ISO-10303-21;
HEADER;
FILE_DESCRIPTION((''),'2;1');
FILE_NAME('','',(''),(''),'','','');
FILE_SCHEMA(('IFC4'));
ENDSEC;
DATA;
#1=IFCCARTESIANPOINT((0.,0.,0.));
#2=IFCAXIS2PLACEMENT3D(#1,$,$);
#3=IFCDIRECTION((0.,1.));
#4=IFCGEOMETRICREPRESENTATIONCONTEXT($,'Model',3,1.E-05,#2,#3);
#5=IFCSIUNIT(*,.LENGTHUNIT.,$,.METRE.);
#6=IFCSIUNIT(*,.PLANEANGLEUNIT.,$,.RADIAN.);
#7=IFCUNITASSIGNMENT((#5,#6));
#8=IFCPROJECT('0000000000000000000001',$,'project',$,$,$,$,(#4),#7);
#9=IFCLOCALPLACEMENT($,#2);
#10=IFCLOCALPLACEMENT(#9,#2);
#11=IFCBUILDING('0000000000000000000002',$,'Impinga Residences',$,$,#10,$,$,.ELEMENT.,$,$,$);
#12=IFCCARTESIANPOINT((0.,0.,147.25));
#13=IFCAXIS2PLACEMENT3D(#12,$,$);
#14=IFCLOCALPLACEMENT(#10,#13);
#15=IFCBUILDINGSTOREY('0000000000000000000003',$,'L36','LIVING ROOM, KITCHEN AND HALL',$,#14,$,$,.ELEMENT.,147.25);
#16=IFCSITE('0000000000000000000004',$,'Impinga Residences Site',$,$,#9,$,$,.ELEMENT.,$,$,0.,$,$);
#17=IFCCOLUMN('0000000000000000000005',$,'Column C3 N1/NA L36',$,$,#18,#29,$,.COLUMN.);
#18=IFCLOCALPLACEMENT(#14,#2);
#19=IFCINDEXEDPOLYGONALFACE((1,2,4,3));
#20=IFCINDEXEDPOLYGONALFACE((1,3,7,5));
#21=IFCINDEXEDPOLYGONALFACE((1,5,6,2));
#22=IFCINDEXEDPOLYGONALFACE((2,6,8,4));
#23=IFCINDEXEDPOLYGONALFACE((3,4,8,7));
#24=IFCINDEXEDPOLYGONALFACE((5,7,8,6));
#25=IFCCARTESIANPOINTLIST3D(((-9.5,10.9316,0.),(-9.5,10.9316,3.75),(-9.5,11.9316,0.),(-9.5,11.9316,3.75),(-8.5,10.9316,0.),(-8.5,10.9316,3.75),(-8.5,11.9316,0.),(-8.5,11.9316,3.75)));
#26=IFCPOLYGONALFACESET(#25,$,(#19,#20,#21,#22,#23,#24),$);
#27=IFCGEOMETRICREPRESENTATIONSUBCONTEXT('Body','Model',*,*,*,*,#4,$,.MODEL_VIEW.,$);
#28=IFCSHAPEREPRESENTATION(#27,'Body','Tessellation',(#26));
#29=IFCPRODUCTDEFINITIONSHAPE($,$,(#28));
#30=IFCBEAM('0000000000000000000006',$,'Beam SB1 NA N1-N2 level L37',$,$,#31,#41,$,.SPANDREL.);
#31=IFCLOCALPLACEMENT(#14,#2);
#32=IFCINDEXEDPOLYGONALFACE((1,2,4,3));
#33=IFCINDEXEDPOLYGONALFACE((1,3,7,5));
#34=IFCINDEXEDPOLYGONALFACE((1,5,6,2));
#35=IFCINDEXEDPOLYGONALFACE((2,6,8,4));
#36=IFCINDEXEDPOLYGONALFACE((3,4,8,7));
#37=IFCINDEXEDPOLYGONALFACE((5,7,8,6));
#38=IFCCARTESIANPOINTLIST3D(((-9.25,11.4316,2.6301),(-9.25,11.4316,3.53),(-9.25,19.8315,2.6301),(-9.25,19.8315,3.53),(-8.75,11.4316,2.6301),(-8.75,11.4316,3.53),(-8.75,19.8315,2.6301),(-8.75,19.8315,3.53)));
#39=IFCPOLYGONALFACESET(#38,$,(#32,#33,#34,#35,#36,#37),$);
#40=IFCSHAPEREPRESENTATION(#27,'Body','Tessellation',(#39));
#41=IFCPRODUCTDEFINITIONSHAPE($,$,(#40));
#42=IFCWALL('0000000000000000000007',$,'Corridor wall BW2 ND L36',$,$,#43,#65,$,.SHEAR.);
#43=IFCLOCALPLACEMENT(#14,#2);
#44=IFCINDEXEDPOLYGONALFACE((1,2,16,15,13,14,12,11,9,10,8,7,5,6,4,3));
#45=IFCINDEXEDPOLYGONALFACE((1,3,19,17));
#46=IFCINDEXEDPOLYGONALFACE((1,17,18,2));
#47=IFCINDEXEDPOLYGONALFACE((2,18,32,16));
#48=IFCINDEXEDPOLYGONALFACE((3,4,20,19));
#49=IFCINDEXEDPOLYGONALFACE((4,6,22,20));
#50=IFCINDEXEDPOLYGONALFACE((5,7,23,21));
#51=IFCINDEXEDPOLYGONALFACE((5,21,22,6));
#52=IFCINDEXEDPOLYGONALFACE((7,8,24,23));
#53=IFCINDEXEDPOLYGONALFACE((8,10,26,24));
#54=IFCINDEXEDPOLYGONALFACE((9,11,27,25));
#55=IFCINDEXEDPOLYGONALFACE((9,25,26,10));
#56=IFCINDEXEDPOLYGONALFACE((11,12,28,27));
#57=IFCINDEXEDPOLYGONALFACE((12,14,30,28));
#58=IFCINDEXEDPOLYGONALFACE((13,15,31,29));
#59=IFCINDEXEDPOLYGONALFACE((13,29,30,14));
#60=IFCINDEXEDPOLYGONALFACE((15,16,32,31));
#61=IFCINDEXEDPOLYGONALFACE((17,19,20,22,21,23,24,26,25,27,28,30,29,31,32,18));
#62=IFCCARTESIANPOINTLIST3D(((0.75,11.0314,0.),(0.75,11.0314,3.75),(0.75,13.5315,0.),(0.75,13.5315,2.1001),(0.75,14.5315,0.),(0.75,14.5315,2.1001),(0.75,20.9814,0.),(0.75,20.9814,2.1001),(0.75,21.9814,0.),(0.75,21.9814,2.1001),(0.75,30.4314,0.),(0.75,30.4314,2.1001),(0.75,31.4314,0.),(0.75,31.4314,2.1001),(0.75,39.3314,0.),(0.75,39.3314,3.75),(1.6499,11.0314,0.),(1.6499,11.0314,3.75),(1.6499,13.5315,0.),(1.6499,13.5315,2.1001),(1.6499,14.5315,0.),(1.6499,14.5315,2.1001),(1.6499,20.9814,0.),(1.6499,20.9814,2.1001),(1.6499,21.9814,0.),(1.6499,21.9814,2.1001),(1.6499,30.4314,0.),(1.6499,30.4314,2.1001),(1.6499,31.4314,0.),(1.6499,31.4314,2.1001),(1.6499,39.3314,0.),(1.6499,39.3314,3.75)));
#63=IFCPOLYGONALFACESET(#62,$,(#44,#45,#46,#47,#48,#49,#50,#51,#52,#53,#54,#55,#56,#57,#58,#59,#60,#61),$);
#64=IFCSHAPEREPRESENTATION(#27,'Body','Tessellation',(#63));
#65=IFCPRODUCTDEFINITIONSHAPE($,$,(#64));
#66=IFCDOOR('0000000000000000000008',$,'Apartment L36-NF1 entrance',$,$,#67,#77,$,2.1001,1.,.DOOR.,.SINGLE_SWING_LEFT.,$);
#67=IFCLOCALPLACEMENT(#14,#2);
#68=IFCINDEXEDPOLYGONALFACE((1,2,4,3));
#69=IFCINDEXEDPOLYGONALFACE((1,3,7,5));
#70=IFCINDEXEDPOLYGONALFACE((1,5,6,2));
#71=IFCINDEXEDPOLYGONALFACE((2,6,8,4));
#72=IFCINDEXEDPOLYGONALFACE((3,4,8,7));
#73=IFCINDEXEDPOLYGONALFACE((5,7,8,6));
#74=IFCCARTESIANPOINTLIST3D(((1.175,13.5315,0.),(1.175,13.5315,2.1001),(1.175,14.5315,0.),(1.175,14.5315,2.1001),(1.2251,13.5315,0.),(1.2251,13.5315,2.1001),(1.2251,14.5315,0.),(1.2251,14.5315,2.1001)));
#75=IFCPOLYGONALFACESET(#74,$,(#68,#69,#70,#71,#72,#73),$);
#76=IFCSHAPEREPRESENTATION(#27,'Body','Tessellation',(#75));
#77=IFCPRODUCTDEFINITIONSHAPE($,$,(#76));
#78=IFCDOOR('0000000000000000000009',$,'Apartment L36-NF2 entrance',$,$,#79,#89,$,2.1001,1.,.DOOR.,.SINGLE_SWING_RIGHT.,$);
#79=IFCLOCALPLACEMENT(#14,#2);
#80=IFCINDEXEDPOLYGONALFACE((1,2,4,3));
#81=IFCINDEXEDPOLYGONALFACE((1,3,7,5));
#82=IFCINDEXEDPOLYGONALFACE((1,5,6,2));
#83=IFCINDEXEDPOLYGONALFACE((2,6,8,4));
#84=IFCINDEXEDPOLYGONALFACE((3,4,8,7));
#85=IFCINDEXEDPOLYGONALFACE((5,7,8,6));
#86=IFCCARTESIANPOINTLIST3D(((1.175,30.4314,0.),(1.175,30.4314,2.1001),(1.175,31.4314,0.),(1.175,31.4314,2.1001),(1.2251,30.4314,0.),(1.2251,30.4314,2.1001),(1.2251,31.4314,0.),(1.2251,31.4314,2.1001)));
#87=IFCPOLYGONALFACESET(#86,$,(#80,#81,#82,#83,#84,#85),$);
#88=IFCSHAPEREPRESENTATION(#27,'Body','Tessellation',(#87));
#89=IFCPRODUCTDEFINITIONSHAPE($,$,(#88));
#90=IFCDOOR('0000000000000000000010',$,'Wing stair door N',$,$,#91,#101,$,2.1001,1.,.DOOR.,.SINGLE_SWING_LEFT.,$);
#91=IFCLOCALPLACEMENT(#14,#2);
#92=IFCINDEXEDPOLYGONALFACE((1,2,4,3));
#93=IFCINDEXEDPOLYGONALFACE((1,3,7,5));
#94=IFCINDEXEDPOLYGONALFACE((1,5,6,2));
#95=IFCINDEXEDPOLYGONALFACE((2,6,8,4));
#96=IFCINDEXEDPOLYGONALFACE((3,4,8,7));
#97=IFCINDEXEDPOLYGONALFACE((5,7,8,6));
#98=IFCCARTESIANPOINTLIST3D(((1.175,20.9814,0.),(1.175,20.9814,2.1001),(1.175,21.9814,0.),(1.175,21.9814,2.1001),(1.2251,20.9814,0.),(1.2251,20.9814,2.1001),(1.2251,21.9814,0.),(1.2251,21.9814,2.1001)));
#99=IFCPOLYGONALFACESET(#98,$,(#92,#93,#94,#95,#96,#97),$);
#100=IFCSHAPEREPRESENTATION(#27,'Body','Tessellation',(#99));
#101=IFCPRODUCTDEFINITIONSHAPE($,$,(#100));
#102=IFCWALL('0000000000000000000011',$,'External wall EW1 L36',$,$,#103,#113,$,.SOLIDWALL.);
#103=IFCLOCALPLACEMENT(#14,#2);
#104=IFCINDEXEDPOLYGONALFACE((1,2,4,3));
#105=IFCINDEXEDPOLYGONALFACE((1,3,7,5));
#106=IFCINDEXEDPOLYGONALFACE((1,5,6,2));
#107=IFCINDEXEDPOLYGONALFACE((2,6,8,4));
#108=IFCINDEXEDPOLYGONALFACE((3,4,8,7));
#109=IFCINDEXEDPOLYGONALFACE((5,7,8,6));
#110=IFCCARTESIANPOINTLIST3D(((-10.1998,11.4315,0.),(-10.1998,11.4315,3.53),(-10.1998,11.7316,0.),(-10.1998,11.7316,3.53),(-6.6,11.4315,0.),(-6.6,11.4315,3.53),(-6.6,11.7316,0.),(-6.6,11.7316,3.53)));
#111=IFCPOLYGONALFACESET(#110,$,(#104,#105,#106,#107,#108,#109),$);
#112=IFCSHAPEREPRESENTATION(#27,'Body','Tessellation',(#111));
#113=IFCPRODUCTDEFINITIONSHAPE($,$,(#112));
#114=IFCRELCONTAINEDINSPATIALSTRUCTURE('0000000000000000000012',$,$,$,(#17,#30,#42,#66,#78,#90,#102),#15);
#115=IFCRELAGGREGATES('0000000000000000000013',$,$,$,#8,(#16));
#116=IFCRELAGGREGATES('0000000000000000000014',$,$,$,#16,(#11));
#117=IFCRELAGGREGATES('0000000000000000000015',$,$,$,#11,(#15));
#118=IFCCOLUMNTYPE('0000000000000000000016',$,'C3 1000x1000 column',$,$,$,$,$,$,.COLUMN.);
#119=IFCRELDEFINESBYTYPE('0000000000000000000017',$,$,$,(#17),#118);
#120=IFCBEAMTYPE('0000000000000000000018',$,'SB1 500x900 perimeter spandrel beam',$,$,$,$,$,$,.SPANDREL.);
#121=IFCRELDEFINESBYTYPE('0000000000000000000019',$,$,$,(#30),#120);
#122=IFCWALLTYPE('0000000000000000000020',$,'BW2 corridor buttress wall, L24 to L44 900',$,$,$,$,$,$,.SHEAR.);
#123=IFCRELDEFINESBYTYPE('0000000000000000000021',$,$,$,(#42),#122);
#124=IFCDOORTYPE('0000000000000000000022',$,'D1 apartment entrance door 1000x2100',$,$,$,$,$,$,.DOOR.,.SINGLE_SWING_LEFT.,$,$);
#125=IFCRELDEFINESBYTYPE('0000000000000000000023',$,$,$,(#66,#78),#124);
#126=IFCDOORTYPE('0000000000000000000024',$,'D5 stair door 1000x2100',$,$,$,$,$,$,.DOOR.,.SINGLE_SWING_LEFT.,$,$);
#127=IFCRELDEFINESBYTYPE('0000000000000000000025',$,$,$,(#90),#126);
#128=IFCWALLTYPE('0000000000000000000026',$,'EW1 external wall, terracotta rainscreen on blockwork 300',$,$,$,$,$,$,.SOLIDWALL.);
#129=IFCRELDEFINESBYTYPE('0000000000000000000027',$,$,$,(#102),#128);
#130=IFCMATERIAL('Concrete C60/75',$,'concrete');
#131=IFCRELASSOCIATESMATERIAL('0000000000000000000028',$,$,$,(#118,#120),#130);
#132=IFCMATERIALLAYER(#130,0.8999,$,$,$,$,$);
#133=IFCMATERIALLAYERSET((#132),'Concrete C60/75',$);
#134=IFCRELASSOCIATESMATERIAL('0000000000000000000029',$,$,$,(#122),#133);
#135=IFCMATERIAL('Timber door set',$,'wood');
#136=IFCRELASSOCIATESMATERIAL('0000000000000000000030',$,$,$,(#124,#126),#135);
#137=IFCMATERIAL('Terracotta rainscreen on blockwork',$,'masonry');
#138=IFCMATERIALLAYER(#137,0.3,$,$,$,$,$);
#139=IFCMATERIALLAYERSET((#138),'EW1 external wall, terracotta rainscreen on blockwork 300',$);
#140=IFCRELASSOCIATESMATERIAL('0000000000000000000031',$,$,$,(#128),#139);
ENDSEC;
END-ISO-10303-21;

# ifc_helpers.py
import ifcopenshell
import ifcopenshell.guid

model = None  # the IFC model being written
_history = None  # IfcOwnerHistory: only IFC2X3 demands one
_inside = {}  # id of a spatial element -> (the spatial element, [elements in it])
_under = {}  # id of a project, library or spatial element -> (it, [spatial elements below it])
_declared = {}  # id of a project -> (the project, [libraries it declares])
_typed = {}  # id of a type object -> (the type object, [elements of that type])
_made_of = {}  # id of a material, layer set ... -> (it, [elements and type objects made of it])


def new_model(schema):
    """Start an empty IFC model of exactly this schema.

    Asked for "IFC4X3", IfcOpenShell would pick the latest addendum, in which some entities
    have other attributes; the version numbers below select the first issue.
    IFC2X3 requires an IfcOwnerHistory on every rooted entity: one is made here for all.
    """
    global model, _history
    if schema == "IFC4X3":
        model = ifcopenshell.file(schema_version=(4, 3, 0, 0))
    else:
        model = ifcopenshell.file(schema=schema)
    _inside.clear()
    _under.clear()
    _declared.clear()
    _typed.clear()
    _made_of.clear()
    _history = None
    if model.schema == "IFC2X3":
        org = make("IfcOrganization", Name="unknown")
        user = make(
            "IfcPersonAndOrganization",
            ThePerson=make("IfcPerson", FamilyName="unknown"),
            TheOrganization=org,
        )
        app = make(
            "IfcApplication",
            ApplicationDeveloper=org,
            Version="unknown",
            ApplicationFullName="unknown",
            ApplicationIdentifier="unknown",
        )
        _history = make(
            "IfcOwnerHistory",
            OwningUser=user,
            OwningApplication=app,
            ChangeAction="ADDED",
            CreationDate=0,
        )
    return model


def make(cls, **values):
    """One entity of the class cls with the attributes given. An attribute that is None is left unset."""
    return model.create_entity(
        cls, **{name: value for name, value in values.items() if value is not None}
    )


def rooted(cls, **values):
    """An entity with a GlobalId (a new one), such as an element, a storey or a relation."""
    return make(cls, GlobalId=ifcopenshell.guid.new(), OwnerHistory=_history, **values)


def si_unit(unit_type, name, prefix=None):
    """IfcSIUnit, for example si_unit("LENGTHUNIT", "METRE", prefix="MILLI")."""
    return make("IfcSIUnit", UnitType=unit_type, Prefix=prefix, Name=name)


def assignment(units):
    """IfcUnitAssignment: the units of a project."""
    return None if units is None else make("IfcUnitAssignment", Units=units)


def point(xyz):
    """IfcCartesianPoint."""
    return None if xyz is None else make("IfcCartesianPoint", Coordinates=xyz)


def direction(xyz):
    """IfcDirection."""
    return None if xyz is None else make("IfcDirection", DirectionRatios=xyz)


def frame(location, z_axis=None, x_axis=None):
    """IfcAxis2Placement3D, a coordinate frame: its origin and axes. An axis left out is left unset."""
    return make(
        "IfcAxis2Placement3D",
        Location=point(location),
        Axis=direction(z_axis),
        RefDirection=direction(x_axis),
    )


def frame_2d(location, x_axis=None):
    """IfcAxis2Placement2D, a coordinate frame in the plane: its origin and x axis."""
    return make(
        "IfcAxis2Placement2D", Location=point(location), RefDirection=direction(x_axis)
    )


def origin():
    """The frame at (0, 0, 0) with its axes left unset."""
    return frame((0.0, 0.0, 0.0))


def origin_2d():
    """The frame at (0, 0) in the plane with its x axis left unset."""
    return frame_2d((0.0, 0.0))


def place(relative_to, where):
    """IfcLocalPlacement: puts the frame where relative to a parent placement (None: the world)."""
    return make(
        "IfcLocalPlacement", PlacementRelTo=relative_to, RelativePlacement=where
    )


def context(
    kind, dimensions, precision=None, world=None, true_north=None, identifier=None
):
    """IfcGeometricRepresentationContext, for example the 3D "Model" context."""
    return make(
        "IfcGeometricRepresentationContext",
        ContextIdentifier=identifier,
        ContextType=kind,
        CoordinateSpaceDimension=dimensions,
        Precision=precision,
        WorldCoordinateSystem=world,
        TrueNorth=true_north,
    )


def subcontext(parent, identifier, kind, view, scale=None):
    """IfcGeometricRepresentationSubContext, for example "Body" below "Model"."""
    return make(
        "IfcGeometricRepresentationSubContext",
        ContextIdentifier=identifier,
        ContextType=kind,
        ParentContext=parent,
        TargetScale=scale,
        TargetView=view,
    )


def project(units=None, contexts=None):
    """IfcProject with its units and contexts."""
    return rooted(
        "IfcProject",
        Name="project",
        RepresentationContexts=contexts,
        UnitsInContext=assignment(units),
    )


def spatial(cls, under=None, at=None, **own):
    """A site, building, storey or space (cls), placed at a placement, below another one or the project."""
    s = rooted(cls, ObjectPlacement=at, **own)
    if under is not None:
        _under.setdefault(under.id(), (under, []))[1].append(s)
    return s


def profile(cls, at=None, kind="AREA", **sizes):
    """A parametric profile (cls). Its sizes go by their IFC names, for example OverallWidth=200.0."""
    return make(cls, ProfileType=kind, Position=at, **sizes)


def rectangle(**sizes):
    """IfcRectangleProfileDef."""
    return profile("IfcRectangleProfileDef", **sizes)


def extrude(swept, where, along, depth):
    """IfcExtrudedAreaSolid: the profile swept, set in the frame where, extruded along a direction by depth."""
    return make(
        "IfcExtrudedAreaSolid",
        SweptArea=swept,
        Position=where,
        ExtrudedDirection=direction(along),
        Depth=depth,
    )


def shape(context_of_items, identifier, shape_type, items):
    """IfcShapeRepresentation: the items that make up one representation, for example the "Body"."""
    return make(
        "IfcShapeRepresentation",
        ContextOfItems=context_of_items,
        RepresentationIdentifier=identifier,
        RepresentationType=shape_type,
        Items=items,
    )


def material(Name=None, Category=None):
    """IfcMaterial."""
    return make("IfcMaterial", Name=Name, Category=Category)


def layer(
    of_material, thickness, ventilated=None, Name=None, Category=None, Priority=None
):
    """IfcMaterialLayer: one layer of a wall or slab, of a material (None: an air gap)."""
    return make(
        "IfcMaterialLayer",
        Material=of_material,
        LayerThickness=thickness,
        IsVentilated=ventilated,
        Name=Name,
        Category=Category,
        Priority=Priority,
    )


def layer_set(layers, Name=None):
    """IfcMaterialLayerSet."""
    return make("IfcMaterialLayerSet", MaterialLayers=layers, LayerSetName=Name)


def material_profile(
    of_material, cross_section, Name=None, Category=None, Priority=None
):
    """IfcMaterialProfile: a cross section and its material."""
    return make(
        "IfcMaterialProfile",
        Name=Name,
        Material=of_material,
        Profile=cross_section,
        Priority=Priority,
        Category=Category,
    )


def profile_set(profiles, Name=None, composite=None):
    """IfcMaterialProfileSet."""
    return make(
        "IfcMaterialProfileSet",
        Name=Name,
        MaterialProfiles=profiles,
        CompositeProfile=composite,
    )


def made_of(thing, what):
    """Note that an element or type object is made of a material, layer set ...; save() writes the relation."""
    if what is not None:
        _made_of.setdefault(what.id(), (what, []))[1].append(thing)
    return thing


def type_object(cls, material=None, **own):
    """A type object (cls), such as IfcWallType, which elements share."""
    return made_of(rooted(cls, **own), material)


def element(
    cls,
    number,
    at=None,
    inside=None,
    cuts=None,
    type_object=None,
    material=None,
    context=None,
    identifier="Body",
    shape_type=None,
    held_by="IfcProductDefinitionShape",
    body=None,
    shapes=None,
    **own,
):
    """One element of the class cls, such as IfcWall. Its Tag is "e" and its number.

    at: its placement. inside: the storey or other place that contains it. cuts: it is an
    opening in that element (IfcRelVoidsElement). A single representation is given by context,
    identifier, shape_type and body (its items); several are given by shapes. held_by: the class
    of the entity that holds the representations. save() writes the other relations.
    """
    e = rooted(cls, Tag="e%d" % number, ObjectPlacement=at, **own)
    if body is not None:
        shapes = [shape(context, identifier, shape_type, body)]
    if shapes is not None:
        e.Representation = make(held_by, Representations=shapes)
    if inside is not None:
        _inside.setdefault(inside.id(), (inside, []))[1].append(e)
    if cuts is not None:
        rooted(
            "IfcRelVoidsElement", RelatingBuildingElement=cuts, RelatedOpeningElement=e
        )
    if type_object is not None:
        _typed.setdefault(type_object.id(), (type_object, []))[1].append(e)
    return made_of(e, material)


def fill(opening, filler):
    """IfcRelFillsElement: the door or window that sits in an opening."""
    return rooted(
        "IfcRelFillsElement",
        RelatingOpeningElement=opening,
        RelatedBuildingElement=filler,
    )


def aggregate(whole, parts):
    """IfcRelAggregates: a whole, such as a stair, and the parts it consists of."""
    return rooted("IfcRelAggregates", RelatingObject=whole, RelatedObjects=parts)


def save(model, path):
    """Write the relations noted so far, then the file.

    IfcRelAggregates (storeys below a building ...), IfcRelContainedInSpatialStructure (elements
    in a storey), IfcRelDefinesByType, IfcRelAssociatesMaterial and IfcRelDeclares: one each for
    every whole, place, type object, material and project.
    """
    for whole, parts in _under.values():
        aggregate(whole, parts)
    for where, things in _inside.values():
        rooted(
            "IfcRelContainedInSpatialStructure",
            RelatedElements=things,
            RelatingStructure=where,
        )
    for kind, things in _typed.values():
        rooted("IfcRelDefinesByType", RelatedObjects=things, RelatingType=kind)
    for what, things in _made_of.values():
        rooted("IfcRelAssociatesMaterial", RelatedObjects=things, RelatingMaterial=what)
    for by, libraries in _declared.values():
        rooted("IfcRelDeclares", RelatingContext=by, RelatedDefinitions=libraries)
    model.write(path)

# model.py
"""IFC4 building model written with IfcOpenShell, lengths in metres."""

from ifc_helpers import new_model, si_unit, direction, frame, frame_2d, origin, origin_2d, place, context, subcontext, project, spatial, rectangle, extrude, material, layer, layer_set, material_profile, profile_set, type_object, element, fill, save


model = new_model("IFC4")

# Units and contexts
model_context = context("Model", 3, precision=1e-05, world=origin(), true_north=direction((0.0, 1.0)))
body_context = subcontext(model_context, "Body", "Model", "MODEL_VIEW")
ifc_project = project(units=[si_unit("LENGTHUNIT", "METRE"), si_unit("PLANEANGLEUNIT", "RADIAN")], contexts=[model_context])

# Site, building, storey
site_placement = place(None, origin())
site = spatial("IfcSite", under=ifc_project, at=site_placement, Name="Impinga Residences Site", CompositionType="ELEMENT", RefElevation=0.0)
building_placement = place(site_placement, origin())
building = spatial("IfcBuilding", under=site, at=building_placement, Name="Impinga Residences", CompositionType="ELEMENT")
storey_placement = place(building_placement, frame((0.0, 0.0, 147.25)))
storey = spatial("IfcBuildingStorey", under=building, at=storey_placement, Name="L36", Description="LIVING ROOM, KITCHEN AND HALL", CompositionType="ELEMENT", Elevation=147.25)

# Column
ifc_material_1 = material(Name="Concrete C60/75", Category="concrete")
ifc_material_profile_1 = material_profile(ifc_material_1, rectangle(XDim=1.0, YDim=1.0, at=origin_2d()), Name="RC 1000x1000")
ifc_profile_set_1 = profile_set([ifc_material_profile_1], Name="Concrete C60/75")
column_type = type_object("IfcColumnType", Name="C3 1000x1000 column", PredefinedType="COLUMN", material=ifc_profile_set_1)
column_placement = place(storey_placement, frame((-9.0, 11.4316, 0.0), z_axis=(0.0, 0.0, 1.0), x_axis=(1.0, 0.0, 0.0)))
element("IfcColumn", 1, at=column_placement, inside=storey, type_object=column_type, Name="Column C3 N1/NA L36", PredefinedType="COLUMN", context=body_context, shape_type="SweptSolid", body=[
    extrude(rectangle(XDim=1.0, YDim=1.0, at=origin_2d()), origin(), (0.0, 0.0, 1.0), 3.75),
])

# Beam
ifc_material_profile_2 = material_profile(ifc_material_1, rectangle(XDim=0.5, YDim=0.8999, at=origin_2d()), Name="RC 500x900")
ifc_profile_set_2 = profile_set([ifc_material_profile_2], Name="Concrete C60/75")
beam_type = type_object("IfcBeamType", Name="SB1 500x900 perimeter spandrel beam", PredefinedType="SPANDREL", material=ifc_profile_set_2)
beam_placement = place(storey_placement, frame((-9.0, 11.4316, 3.0801), z_axis=(0.0, 1.0, 0.0), x_axis=(-1.0, 0.0, 0.0)))
element("IfcBeam", 2, at=beam_placement, inside=storey, type_object=beam_type, Name="Beam SB1 NA N1-N2 level L37", PredefinedType="SPANDREL", context=body_context, shape_type="SweptSolid", body=[
    extrude(rectangle(XDim=0.5, YDim=0.8999, at=origin_2d()), origin(), (0.0, 0.0, 1.0), 8.3999),
])

# Wall, openings, doors
ifc_layer_1 = layer(ifc_material_1, 0.8999)
ifc_layer_set_1 = layer_set([ifc_layer_1], Name="Concrete C60/75")
wall_type_1 = type_object("IfcWallType", Name="BW2 corridor buttress wall, L24 to L44 900", PredefinedType="SHEAR", material=ifc_layer_set_1)
wall_1_placement = place(storey_placement, frame((1.2, 11.0315, 0.0), z_axis=(0.0, 0.0, 1.0), x_axis=(0.0, 1.0, 0.0)))
wall_1 = element("IfcWall", 3, at=wall_1_placement, inside=storey, type_object=wall_type_1, Name="Corridor wall BW2 ND L36", PredefinedType="SHEAR", context=body_context, shape_type="SweptSolid", body=[
    extrude(rectangle(XDim=28.3, YDim=0.8999, at=frame_2d((14.1499, 0.0))), origin(), (0.0, 0.0, 1.0), 3.75),
])
opening_1_placement = place(wall_1_placement, frame((9.95, 0.0, 0.0)))
opening_1 = element("IfcOpeningElement", 4, at=opening_1_placement, cuts=wall_1, PredefinedType="OPENING", context=body_context, shape_type="SweptSolid", body=[
    extrude(rectangle(XDim=1.0, YDim=2.1001, at=frame_2d((0.5, 1.05))), frame((0.0, 0.46, 0.0), z_axis=(0.0, -1.0, 0.0), x_axis=(1.0, 0.0, 0.0)), (0.0, 0.0, 1.0), 0.9199),
])
opening_2_placement = place(wall_1_placement, frame((2.5, 0.0, 0.0)))
opening_2 = element("IfcOpeningElement", 5, at=opening_2_placement, cuts=wall_1, PredefinedType="OPENING", context=body_context, shape_type="SweptSolid", body=[
    extrude(rectangle(XDim=1.0, YDim=2.1001, at=frame_2d((0.5, 1.05))), frame((0.0, 0.46, 0.0), z_axis=(0.0, -1.0, 0.0), x_axis=(1.0, 0.0, 0.0)), (0.0, 0.0, 1.0), 0.9199),
])
opening_3_placement = place(wall_1_placement, frame((19.3999, 0.0, 0.0)))
opening_3 = element("IfcOpeningElement", 6, at=opening_3_placement, cuts=wall_1, PredefinedType="OPENING", context=body_context, shape_type="SweptSolid", body=[
    extrude(rectangle(XDim=1.0, YDim=2.1001, at=frame_2d((0.5, 1.05))), frame((0.0, 0.46, 0.0), z_axis=(0.0, -1.0, 0.0), x_axis=(1.0, 0.0, 0.0)), (0.0, 0.0, 1.0), 0.9199),
])
ifc_material_2 = material(Name="Timber door set", Category="wood")
door_type_1 = type_object("IfcDoorType", Name="D1 apartment entrance door 1000x2100", OperationType="SINGLE_SWING_LEFT", PredefinedType="DOOR", material=ifc_material_2)
door_1_placement = place(opening_2_placement, origin())
door_1 = element("IfcDoor", 7, at=door_1_placement, inside=storey, type_object=door_type_1, Name="Apartment L36-NF1 entrance", OperationType="SINGLE_SWING_LEFT", OverallHeight=2.1001, OverallWidth=1.0, PredefinedType="DOOR", context=body_context, shape_type="SweptSolid", body=[
    extrude(rectangle(XDim=1.0, YDim=2.1001, at=frame_2d((0.5, 1.05))), frame((0.0, 0.0249, 0.0), z_axis=(0.0, -1.0, 0.0), x_axis=(1.0, 0.0, 0.0)), (0.0, 0.0, 1.0), 0.05),
])
fill(opening_2, door_1)
door_2_placement = place(opening_3_placement, origin())
door_2 = element("IfcDoor", 8, at=door_2_placement, inside=storey, type_object=door_type_1, Name="Apartment L36-NF2 entrance", OperationType="SINGLE_SWING_RIGHT", OverallHeight=2.1001, OverallWidth=1.0, PredefinedType="DOOR", context=body_context, shape_type="SweptSolid", body=[
    extrude(rectangle(XDim=1.0, YDim=2.1001, at=frame_2d((0.5, 1.05))), frame((0.0, 0.0249, 0.0), z_axis=(0.0, -1.0, 0.0), x_axis=(1.0, 0.0, 0.0)), (0.0, 0.0, 1.0), 0.05),
])
fill(opening_3, door_2)
door_type_2 = type_object("IfcDoorType", Name="D5 stair door 1000x2100", OperationType="SINGLE_SWING_LEFT", PredefinedType="DOOR", material=ifc_material_2)
door_3_placement = place(opening_1_placement, origin())
door_3 = element("IfcDoor", 9, at=door_3_placement, inside=storey, type_object=door_type_2, Name="Wing stair door N", OperationType="SINGLE_SWING_LEFT", OverallHeight=2.1001, OverallWidth=1.0, PredefinedType="DOOR", context=body_context, shape_type="SweptSolid", body=[
    extrude(rectangle(XDim=1.0, YDim=2.1001, at=frame_2d((0.5, 1.05))), frame((0.0, 0.0249, 0.0), z_axis=(0.0, -1.0, 0.0), x_axis=(1.0, 0.0, 0.0)), (0.0, 0.0, 1.0), 0.05),
])
fill(opening_1, door_3)

# Wall
ifc_material_3 = material(Name="Terracotta rainscreen on blockwork", Category="masonry")
ifc_layer_2 = layer(ifc_material_3, 0.3)
ifc_layer_set_2 = layer_set([ifc_layer_2], Name="EW1 external wall, terracotta rainscreen on blockwork 300")
wall_type_2 = type_object("IfcWallType", Name="EW1 external wall, terracotta rainscreen on blockwork 300", PredefinedType="SOLIDWALL", material=ifc_layer_set_2)
wall_2_placement = place(storey_placement, frame((-6.6001, 11.5815, 0.0), z_axis=(0.0, 0.0, 1.0), x_axis=(-1.0, 0.0, 0.0)))
element("IfcWall", 10, at=wall_2_placement, inside=storey, type_object=wall_type_2, Name="External wall EW1 L36", PredefinedType="SOLIDWALL", context=body_context, shape_type="SweptSolid", body=[
    extrude(rectangle(XDim=3.5999, YDim=0.3, at=frame_2d((1.7998, 0.0))), origin(), (0.0, 0.0, 1.0), 3.53),
])

save(model, "model.ifc")
